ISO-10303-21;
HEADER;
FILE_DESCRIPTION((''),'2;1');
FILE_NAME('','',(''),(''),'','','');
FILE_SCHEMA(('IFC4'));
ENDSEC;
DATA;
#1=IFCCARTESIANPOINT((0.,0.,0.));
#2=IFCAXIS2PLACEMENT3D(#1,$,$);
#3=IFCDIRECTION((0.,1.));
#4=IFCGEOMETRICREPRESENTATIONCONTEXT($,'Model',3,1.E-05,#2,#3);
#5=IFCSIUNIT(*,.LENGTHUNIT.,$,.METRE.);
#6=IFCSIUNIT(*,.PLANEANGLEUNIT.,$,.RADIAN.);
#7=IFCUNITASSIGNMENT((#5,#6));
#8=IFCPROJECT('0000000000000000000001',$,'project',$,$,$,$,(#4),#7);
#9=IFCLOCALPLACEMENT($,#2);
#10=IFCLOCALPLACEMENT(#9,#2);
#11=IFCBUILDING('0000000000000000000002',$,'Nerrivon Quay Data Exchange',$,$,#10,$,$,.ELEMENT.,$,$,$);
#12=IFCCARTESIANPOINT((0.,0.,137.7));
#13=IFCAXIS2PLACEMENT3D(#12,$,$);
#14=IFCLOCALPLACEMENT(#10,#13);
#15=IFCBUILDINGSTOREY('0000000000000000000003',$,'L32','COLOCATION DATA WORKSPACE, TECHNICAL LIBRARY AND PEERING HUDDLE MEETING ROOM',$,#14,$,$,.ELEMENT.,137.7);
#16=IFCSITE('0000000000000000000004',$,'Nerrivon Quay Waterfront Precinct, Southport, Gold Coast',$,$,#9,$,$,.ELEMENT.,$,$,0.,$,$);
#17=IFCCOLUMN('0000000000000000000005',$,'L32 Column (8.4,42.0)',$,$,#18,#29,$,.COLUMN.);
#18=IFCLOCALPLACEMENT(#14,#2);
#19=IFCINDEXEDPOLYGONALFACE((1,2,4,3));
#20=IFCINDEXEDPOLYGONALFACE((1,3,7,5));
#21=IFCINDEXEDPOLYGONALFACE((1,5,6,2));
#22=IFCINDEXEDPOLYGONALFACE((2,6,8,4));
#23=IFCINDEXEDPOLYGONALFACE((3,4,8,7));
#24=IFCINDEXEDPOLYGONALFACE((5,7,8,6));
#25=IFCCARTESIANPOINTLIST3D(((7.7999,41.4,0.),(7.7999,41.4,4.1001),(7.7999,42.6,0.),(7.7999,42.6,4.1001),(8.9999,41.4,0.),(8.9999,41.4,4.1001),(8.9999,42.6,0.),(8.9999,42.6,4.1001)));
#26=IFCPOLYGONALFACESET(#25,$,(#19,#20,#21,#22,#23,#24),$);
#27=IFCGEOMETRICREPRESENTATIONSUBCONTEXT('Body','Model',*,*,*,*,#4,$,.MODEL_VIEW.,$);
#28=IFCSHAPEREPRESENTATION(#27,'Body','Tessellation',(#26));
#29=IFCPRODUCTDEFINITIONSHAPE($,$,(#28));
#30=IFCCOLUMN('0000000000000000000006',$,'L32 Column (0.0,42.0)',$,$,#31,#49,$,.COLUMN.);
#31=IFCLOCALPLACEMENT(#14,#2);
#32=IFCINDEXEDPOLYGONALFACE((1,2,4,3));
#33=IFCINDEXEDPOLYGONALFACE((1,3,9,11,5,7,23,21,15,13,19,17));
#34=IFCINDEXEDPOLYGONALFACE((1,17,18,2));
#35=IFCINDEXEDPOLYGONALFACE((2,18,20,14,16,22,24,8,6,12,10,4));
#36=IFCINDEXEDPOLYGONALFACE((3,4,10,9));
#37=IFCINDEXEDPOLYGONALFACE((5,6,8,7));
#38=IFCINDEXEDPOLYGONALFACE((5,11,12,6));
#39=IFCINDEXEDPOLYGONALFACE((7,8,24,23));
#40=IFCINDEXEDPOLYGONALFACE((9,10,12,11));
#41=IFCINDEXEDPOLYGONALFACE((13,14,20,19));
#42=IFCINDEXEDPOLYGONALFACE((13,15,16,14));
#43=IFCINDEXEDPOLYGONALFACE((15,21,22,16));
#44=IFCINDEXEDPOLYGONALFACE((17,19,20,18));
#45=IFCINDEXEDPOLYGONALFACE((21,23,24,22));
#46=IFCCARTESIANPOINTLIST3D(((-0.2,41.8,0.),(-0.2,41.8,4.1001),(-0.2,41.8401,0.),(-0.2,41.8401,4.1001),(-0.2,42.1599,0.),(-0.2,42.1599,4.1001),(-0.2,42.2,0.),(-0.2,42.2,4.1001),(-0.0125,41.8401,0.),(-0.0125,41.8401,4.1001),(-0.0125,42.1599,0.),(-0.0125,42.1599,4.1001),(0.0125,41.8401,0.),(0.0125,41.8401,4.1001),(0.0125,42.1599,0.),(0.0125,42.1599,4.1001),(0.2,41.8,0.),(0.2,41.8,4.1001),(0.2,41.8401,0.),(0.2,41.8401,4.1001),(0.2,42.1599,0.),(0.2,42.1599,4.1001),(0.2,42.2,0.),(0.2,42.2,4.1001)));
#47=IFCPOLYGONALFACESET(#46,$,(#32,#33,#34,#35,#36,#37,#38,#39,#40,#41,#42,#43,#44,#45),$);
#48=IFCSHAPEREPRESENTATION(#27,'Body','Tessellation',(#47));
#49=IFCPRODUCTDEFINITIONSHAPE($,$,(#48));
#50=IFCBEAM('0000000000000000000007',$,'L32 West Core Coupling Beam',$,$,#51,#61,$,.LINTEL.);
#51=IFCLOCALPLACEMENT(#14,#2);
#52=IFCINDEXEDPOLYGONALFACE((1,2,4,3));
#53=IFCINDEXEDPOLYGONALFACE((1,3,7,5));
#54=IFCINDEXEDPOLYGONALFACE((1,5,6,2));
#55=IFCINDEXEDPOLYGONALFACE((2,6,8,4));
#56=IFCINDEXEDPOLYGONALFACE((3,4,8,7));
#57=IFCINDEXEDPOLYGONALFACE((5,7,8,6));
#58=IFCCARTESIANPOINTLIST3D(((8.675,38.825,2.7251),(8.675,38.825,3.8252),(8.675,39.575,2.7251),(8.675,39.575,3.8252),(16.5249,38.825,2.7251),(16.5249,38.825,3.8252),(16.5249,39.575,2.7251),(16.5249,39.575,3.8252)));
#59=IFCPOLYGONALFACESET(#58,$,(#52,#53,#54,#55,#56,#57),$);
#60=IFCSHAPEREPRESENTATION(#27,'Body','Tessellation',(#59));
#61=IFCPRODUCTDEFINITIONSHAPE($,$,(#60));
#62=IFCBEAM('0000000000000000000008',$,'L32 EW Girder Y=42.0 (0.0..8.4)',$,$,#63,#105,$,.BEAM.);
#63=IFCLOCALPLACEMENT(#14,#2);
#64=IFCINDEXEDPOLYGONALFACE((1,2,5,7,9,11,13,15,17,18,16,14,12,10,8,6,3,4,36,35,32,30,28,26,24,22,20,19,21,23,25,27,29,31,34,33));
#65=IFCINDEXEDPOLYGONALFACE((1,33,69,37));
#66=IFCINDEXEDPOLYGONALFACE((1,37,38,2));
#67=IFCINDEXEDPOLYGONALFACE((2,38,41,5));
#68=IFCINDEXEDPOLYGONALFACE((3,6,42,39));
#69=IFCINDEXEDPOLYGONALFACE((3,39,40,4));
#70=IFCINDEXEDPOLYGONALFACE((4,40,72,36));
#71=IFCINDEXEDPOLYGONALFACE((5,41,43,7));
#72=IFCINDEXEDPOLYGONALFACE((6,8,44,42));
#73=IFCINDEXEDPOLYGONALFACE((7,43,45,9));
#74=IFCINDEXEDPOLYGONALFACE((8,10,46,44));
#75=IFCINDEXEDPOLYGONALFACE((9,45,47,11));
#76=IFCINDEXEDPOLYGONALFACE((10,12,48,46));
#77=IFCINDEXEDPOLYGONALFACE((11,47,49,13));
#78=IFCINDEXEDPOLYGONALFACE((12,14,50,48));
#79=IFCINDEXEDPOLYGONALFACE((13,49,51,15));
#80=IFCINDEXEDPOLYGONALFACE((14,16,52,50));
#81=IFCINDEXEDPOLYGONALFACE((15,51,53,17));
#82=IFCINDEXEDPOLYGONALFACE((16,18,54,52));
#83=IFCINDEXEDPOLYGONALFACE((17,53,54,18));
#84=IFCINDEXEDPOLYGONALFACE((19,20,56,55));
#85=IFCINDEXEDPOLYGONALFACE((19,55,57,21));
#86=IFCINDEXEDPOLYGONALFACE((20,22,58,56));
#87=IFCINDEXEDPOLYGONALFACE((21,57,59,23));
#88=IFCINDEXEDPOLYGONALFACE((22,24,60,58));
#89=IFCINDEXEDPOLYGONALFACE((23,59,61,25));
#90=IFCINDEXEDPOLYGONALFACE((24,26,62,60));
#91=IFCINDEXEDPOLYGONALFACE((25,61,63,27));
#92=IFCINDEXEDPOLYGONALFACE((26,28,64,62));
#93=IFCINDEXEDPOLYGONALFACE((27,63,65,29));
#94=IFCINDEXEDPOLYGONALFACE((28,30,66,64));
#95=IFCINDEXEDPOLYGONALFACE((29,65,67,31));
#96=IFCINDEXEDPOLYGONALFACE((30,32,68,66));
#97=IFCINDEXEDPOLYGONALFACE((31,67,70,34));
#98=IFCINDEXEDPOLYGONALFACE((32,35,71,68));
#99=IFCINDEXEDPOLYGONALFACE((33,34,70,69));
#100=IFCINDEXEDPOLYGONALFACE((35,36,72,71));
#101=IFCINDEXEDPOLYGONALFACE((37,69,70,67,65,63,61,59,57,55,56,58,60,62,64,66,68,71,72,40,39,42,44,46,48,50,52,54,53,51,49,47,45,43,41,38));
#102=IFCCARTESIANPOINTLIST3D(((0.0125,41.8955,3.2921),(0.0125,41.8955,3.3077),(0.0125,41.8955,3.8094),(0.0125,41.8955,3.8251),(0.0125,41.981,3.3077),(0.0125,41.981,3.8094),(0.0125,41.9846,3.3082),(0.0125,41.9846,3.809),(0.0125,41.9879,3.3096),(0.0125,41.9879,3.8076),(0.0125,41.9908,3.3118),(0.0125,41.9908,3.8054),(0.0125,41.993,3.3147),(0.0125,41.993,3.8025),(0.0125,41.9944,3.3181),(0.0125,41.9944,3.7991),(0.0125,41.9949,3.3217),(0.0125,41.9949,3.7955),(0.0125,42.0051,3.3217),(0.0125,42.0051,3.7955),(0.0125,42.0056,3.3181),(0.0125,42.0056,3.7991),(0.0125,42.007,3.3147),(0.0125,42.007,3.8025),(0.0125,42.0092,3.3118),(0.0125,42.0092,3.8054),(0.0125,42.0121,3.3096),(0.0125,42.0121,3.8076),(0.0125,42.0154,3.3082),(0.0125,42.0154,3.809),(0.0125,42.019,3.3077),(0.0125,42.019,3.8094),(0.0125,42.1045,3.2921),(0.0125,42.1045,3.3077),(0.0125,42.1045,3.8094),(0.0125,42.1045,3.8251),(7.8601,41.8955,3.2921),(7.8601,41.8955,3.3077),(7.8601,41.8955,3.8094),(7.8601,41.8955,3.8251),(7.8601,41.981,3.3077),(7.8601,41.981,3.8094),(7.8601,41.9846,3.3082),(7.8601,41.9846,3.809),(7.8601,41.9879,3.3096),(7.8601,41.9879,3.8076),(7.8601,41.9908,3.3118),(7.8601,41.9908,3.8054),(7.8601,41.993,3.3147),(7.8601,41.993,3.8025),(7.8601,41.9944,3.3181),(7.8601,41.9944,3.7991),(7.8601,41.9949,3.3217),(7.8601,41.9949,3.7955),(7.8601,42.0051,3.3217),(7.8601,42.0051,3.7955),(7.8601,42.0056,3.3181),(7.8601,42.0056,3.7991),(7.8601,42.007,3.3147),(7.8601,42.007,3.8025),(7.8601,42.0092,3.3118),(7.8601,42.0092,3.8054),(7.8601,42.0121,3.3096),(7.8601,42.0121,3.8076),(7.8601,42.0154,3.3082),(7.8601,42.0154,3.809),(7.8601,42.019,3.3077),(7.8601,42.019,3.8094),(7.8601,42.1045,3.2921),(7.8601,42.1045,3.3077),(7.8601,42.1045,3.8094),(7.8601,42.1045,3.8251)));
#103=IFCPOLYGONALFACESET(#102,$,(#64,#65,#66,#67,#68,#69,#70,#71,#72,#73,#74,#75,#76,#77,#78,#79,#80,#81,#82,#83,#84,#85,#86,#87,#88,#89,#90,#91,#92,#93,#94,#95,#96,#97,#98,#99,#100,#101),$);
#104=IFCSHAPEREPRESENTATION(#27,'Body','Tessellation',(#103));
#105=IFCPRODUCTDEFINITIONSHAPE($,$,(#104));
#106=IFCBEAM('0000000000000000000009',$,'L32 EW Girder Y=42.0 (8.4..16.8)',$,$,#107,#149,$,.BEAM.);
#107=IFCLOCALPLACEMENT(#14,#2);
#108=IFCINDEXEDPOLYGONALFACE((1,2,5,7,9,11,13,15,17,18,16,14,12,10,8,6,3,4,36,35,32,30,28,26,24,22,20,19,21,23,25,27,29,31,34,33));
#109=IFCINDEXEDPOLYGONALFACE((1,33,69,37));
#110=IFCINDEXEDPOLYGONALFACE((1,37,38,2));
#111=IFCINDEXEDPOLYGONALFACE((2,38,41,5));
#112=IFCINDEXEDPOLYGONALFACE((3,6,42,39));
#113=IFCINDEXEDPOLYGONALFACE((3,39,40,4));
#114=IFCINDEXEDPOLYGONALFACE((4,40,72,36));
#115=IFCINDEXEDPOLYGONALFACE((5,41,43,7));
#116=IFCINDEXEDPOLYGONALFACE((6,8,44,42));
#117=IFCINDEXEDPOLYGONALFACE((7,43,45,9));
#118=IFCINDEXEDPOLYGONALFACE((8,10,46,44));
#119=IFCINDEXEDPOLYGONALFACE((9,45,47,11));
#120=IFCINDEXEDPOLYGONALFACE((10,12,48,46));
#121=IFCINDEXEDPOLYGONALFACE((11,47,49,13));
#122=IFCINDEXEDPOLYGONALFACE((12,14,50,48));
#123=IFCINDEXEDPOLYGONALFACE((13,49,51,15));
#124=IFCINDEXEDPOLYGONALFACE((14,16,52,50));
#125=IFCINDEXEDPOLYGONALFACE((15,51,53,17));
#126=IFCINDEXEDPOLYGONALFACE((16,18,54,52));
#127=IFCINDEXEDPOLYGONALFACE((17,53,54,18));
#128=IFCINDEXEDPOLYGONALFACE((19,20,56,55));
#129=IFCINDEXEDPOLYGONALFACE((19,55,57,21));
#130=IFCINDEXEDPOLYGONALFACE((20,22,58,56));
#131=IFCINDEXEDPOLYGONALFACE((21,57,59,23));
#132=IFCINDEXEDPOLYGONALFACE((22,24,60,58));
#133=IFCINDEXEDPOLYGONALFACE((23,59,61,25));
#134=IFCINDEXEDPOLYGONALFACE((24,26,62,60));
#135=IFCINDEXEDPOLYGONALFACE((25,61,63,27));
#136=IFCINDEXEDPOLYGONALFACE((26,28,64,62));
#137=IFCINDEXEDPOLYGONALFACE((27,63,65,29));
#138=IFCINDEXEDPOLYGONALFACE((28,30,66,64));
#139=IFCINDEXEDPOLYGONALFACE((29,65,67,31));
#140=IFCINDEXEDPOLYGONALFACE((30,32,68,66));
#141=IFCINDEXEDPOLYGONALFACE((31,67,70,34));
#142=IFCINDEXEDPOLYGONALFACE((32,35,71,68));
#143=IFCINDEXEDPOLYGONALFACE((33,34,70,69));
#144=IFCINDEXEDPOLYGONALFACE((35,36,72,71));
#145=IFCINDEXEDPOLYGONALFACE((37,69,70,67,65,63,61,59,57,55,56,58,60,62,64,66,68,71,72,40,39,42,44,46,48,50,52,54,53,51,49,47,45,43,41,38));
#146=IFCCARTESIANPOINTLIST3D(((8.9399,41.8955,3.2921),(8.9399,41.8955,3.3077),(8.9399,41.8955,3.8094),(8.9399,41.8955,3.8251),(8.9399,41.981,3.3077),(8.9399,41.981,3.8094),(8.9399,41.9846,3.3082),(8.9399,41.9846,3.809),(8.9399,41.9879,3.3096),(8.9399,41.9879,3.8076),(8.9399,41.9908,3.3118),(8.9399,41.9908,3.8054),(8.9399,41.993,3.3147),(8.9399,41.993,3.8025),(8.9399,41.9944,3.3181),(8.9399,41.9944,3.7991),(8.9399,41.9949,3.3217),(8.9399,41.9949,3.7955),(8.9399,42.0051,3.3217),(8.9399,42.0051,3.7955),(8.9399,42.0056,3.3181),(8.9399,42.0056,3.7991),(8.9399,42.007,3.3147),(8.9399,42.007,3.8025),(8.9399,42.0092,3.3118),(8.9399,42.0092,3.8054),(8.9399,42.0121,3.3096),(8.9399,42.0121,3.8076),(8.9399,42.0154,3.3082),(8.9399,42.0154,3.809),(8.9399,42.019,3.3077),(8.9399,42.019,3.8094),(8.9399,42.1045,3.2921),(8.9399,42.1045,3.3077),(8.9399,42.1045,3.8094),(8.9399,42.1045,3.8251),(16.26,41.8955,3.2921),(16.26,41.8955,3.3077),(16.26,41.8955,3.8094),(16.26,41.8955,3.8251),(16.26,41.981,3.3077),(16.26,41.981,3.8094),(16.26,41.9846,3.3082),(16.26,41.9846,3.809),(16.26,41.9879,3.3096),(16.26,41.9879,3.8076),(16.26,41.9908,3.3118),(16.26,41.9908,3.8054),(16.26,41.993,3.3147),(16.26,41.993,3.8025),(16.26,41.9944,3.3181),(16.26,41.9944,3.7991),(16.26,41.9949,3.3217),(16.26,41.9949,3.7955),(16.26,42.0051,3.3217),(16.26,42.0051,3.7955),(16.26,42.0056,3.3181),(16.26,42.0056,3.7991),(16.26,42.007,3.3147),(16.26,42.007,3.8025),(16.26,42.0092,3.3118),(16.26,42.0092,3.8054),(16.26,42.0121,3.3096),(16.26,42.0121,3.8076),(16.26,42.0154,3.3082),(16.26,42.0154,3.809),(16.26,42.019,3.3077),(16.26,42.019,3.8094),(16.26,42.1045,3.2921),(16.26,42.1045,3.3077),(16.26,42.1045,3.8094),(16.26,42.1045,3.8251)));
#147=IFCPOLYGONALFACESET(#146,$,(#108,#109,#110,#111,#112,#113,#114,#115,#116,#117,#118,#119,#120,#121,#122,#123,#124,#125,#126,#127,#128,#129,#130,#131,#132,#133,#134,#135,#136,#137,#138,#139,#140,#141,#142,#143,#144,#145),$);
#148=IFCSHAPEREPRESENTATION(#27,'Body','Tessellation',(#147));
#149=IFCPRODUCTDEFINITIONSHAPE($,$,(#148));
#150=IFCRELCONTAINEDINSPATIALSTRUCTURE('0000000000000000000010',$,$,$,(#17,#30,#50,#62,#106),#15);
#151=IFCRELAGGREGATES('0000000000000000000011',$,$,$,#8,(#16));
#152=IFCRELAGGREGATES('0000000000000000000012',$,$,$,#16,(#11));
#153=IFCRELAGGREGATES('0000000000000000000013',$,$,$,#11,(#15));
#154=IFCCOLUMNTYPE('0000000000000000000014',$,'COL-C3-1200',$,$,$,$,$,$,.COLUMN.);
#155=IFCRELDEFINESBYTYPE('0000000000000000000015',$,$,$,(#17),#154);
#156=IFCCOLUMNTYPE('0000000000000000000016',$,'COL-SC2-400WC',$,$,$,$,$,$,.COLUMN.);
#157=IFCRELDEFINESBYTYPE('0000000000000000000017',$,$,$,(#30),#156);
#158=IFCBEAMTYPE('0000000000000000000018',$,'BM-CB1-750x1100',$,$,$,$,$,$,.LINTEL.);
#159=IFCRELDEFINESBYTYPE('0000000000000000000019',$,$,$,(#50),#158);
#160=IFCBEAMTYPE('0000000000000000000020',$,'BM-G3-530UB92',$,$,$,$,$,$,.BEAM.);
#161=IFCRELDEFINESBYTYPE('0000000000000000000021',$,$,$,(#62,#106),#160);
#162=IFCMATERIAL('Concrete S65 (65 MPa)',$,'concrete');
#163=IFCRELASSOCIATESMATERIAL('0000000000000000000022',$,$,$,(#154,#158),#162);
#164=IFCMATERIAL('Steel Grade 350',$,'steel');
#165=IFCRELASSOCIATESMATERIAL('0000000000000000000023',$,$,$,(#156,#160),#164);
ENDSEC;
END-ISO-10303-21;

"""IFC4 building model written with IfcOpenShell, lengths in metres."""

from ifc_helpers import new_model, si_unit, direction, frame, origin, origin_2d, place, context, subcontext, project, spatial, rectangle, i_section, extrude, material, material_profile, profile_set, type_object, element, save


model = new_model("IFC4")

# Units and contexts
model_context = context("Model", 3, precision=1e-05, world=origin(), true_north=direction((0.0, 1.0)))
body_context = subcontext(model_context, "Body", "Model", "MODEL_VIEW")
ifc_project = project(units=[si_unit("LENGTHUNIT", "METRE"), si_unit("PLANEANGLEUNIT", "RADIAN")], contexts=[model_context])

# Site, building, storey
site_placement = place(None, origin())
site = spatial("IfcSite", under=ifc_project, at=site_placement, Name="Nerrivon Quay Waterfront Precinct, Southport, Gold Coast", CompositionType="ELEMENT", RefElevation=0.0)
building_placement = place(site_placement, origin())
building = spatial("IfcBuilding", under=site, at=building_placement, Name="Nerrivon Quay Data Exchange", CompositionType="ELEMENT")
storey_placement = place(building_placement, frame((0.0, 0.0, 137.7)))
storey = spatial("IfcBuildingStorey", under=building, at=storey_placement, Name="L32", Description="COLOCATION DATA WORKSPACE, TECHNICAL LIBRARY AND PEERING HUDDLE MEETING ROOM", CompositionType="ELEMENT", Elevation=137.7)

# Columns
ifc_material_1 = material(Name="Concrete S65 (65 MPa)", Category="concrete")
ifc_material_profile_1 = material_profile(ifc_material_1, rectangle(XDim=1.2, YDim=1.2, at=origin_2d()), Name="RC-COL-1200x1200")
ifc_profile_set_1 = profile_set([ifc_material_profile_1], Name="Concrete S65 (65 MPa)")
column_type_1 = type_object("IfcColumnType", Name="COL-C3-1200", PredefinedType="COLUMN", material=ifc_profile_set_1)
column_1_placement = place(storey_placement, frame((8.3999, 42.0, 0.0), z_axis=(0.0, 0.0, 1.0), x_axis=(1.0, 0.0, 0.0)))
element("IfcColumn", 1, at=column_1_placement, inside=storey, type_object=column_type_1, Name="L32 Column (8.4,42.0)", PredefinedType="COLUMN", context=body_context, shape_type="SweptSolid", body=[
    extrude(rectangle(XDim=1.2, YDim=1.2, at=origin_2d()), origin(), (0.0, 0.0, 1.0), 4.1001),
])
ifc_material_2 = material(Name="Steel Grade 350", Category="steel")
ifc_material_profile_2 = material_profile(ifc_material_2, i_section(OverallWidth=0.3999, OverallDepth=0.3999, WebThickness=0.0249, FlangeThickness=0.04, at=origin_2d()), Name="400WC328")
ifc_profile_set_2 = profile_set([ifc_material_profile_2], Name="Steel Grade 350")
column_type_2 = type_object("IfcColumnType", Name="COL-SC2-400WC", PredefinedType="COLUMN", material=ifc_profile_set_2)
column_2_placement = place(storey_placement, frame((0.0, 42.0, 0.0), z_axis=(0.0, 0.0, 1.0), x_axis=(1.0, 0.0, 0.0)))
element("IfcColumn", 2, at=column_2_placement, inside=storey, type_object=column_type_2, Name="L32 Column (0.0,42.0)", PredefinedType="COLUMN", context=body_context, shape_type="SweptSolid", body=[
    extrude(i_section(OverallWidth=0.3999, OverallDepth=0.3999, WebThickness=0.0249, FlangeThickness=0.04, at=origin_2d()), origin(), (0.0, 0.0, 1.0), 4.1001),
])

# Beams
ifc_material_profile_3 = material_profile(ifc_material_1, rectangle(XDim=0.75, YDim=1.1001, at=origin_2d()), Name="RC-CB-750x1100")
ifc_profile_set_3 = profile_set([ifc_material_profile_3], Name="Concrete S65 (65 MPa)")
beam_type_1 = type_object("IfcBeamType", Name="BM-CB1-750x1100", PredefinedType="LINTEL", material=ifc_profile_set_3)
beam_1_placement = place(storey_placement, frame((8.675, 39.2, 3.2751), z_axis=(1.0, 0.0, 0.0), x_axis=(0.0, 1.0, 0.0)))
element("IfcBeam", 3, at=beam_1_placement, inside=storey, type_object=beam_type_1, Name="L32 West Core Coupling Beam", PredefinedType="LINTEL", context=body_context, shape_type="SweptSolid", body=[
    extrude(rectangle(XDim=0.75, YDim=1.1001, at=origin_2d()), origin(), (0.0, 0.0, 1.0), 7.8499),
])
ifc_material_profile_4 = material_profile(ifc_material_2, i_section(OverallWidth=0.209, OverallDepth=0.533, WebThickness=0.0103, FlangeThickness=0.0156, FilletRadius=0.0139, at=origin_2d()), Name="530UB92.4")
ifc_profile_set_4 = profile_set([ifc_material_profile_4], Name="Steel Grade 350")
beam_type_2 = type_object("IfcBeamType", Name="BM-G3-530UB92", PredefinedType="BEAM", material=ifc_profile_set_4)
beam_2_placement = place(storey_placement, frame((0.0125, 42.0, 3.5586), z_axis=(1.0, 0.0, 0.0), x_axis=(0.0, 1.0, 0.0)))
element("IfcBeam", 4, at=beam_2_placement, inside=storey, type_object=beam_type_2, Name="L32 EW Girder Y=42.0 (0.0..8.4)", PredefinedType="BEAM", context=body_context, shape_type="SweptSolid", body=[
    extrude(i_section(OverallWidth=0.209, OverallDepth=0.533, WebThickness=0.0103, FlangeThickness=0.0156, FilletRadius=0.0139, at=origin_2d()), origin(), (0.0, 0.0, 1.0), 7.8477),
])
beam_3_placement = place(storey_placement, frame((8.9399, 42.0, 3.5586), z_axis=(1.0, 0.0, 0.0), x_axis=(0.0, 1.0, 0.0)))
element("IfcBeam", 5, at=beam_3_placement, inside=storey, type_object=beam_type_2, Name="L32 EW Girder Y=42.0 (8.4..16.8)", PredefinedType="BEAM", context=body_context, shape_type="SweptSolid", body=[
    extrude(i_section(OverallWidth=0.209, OverallDepth=0.533, WebThickness=0.0103, FlangeThickness=0.0156, FilletRadius=0.0139, at=origin_2d()), origin(), (0.0, 0.0, 1.0), 7.3201),
])

save(model, "model.ifc")
